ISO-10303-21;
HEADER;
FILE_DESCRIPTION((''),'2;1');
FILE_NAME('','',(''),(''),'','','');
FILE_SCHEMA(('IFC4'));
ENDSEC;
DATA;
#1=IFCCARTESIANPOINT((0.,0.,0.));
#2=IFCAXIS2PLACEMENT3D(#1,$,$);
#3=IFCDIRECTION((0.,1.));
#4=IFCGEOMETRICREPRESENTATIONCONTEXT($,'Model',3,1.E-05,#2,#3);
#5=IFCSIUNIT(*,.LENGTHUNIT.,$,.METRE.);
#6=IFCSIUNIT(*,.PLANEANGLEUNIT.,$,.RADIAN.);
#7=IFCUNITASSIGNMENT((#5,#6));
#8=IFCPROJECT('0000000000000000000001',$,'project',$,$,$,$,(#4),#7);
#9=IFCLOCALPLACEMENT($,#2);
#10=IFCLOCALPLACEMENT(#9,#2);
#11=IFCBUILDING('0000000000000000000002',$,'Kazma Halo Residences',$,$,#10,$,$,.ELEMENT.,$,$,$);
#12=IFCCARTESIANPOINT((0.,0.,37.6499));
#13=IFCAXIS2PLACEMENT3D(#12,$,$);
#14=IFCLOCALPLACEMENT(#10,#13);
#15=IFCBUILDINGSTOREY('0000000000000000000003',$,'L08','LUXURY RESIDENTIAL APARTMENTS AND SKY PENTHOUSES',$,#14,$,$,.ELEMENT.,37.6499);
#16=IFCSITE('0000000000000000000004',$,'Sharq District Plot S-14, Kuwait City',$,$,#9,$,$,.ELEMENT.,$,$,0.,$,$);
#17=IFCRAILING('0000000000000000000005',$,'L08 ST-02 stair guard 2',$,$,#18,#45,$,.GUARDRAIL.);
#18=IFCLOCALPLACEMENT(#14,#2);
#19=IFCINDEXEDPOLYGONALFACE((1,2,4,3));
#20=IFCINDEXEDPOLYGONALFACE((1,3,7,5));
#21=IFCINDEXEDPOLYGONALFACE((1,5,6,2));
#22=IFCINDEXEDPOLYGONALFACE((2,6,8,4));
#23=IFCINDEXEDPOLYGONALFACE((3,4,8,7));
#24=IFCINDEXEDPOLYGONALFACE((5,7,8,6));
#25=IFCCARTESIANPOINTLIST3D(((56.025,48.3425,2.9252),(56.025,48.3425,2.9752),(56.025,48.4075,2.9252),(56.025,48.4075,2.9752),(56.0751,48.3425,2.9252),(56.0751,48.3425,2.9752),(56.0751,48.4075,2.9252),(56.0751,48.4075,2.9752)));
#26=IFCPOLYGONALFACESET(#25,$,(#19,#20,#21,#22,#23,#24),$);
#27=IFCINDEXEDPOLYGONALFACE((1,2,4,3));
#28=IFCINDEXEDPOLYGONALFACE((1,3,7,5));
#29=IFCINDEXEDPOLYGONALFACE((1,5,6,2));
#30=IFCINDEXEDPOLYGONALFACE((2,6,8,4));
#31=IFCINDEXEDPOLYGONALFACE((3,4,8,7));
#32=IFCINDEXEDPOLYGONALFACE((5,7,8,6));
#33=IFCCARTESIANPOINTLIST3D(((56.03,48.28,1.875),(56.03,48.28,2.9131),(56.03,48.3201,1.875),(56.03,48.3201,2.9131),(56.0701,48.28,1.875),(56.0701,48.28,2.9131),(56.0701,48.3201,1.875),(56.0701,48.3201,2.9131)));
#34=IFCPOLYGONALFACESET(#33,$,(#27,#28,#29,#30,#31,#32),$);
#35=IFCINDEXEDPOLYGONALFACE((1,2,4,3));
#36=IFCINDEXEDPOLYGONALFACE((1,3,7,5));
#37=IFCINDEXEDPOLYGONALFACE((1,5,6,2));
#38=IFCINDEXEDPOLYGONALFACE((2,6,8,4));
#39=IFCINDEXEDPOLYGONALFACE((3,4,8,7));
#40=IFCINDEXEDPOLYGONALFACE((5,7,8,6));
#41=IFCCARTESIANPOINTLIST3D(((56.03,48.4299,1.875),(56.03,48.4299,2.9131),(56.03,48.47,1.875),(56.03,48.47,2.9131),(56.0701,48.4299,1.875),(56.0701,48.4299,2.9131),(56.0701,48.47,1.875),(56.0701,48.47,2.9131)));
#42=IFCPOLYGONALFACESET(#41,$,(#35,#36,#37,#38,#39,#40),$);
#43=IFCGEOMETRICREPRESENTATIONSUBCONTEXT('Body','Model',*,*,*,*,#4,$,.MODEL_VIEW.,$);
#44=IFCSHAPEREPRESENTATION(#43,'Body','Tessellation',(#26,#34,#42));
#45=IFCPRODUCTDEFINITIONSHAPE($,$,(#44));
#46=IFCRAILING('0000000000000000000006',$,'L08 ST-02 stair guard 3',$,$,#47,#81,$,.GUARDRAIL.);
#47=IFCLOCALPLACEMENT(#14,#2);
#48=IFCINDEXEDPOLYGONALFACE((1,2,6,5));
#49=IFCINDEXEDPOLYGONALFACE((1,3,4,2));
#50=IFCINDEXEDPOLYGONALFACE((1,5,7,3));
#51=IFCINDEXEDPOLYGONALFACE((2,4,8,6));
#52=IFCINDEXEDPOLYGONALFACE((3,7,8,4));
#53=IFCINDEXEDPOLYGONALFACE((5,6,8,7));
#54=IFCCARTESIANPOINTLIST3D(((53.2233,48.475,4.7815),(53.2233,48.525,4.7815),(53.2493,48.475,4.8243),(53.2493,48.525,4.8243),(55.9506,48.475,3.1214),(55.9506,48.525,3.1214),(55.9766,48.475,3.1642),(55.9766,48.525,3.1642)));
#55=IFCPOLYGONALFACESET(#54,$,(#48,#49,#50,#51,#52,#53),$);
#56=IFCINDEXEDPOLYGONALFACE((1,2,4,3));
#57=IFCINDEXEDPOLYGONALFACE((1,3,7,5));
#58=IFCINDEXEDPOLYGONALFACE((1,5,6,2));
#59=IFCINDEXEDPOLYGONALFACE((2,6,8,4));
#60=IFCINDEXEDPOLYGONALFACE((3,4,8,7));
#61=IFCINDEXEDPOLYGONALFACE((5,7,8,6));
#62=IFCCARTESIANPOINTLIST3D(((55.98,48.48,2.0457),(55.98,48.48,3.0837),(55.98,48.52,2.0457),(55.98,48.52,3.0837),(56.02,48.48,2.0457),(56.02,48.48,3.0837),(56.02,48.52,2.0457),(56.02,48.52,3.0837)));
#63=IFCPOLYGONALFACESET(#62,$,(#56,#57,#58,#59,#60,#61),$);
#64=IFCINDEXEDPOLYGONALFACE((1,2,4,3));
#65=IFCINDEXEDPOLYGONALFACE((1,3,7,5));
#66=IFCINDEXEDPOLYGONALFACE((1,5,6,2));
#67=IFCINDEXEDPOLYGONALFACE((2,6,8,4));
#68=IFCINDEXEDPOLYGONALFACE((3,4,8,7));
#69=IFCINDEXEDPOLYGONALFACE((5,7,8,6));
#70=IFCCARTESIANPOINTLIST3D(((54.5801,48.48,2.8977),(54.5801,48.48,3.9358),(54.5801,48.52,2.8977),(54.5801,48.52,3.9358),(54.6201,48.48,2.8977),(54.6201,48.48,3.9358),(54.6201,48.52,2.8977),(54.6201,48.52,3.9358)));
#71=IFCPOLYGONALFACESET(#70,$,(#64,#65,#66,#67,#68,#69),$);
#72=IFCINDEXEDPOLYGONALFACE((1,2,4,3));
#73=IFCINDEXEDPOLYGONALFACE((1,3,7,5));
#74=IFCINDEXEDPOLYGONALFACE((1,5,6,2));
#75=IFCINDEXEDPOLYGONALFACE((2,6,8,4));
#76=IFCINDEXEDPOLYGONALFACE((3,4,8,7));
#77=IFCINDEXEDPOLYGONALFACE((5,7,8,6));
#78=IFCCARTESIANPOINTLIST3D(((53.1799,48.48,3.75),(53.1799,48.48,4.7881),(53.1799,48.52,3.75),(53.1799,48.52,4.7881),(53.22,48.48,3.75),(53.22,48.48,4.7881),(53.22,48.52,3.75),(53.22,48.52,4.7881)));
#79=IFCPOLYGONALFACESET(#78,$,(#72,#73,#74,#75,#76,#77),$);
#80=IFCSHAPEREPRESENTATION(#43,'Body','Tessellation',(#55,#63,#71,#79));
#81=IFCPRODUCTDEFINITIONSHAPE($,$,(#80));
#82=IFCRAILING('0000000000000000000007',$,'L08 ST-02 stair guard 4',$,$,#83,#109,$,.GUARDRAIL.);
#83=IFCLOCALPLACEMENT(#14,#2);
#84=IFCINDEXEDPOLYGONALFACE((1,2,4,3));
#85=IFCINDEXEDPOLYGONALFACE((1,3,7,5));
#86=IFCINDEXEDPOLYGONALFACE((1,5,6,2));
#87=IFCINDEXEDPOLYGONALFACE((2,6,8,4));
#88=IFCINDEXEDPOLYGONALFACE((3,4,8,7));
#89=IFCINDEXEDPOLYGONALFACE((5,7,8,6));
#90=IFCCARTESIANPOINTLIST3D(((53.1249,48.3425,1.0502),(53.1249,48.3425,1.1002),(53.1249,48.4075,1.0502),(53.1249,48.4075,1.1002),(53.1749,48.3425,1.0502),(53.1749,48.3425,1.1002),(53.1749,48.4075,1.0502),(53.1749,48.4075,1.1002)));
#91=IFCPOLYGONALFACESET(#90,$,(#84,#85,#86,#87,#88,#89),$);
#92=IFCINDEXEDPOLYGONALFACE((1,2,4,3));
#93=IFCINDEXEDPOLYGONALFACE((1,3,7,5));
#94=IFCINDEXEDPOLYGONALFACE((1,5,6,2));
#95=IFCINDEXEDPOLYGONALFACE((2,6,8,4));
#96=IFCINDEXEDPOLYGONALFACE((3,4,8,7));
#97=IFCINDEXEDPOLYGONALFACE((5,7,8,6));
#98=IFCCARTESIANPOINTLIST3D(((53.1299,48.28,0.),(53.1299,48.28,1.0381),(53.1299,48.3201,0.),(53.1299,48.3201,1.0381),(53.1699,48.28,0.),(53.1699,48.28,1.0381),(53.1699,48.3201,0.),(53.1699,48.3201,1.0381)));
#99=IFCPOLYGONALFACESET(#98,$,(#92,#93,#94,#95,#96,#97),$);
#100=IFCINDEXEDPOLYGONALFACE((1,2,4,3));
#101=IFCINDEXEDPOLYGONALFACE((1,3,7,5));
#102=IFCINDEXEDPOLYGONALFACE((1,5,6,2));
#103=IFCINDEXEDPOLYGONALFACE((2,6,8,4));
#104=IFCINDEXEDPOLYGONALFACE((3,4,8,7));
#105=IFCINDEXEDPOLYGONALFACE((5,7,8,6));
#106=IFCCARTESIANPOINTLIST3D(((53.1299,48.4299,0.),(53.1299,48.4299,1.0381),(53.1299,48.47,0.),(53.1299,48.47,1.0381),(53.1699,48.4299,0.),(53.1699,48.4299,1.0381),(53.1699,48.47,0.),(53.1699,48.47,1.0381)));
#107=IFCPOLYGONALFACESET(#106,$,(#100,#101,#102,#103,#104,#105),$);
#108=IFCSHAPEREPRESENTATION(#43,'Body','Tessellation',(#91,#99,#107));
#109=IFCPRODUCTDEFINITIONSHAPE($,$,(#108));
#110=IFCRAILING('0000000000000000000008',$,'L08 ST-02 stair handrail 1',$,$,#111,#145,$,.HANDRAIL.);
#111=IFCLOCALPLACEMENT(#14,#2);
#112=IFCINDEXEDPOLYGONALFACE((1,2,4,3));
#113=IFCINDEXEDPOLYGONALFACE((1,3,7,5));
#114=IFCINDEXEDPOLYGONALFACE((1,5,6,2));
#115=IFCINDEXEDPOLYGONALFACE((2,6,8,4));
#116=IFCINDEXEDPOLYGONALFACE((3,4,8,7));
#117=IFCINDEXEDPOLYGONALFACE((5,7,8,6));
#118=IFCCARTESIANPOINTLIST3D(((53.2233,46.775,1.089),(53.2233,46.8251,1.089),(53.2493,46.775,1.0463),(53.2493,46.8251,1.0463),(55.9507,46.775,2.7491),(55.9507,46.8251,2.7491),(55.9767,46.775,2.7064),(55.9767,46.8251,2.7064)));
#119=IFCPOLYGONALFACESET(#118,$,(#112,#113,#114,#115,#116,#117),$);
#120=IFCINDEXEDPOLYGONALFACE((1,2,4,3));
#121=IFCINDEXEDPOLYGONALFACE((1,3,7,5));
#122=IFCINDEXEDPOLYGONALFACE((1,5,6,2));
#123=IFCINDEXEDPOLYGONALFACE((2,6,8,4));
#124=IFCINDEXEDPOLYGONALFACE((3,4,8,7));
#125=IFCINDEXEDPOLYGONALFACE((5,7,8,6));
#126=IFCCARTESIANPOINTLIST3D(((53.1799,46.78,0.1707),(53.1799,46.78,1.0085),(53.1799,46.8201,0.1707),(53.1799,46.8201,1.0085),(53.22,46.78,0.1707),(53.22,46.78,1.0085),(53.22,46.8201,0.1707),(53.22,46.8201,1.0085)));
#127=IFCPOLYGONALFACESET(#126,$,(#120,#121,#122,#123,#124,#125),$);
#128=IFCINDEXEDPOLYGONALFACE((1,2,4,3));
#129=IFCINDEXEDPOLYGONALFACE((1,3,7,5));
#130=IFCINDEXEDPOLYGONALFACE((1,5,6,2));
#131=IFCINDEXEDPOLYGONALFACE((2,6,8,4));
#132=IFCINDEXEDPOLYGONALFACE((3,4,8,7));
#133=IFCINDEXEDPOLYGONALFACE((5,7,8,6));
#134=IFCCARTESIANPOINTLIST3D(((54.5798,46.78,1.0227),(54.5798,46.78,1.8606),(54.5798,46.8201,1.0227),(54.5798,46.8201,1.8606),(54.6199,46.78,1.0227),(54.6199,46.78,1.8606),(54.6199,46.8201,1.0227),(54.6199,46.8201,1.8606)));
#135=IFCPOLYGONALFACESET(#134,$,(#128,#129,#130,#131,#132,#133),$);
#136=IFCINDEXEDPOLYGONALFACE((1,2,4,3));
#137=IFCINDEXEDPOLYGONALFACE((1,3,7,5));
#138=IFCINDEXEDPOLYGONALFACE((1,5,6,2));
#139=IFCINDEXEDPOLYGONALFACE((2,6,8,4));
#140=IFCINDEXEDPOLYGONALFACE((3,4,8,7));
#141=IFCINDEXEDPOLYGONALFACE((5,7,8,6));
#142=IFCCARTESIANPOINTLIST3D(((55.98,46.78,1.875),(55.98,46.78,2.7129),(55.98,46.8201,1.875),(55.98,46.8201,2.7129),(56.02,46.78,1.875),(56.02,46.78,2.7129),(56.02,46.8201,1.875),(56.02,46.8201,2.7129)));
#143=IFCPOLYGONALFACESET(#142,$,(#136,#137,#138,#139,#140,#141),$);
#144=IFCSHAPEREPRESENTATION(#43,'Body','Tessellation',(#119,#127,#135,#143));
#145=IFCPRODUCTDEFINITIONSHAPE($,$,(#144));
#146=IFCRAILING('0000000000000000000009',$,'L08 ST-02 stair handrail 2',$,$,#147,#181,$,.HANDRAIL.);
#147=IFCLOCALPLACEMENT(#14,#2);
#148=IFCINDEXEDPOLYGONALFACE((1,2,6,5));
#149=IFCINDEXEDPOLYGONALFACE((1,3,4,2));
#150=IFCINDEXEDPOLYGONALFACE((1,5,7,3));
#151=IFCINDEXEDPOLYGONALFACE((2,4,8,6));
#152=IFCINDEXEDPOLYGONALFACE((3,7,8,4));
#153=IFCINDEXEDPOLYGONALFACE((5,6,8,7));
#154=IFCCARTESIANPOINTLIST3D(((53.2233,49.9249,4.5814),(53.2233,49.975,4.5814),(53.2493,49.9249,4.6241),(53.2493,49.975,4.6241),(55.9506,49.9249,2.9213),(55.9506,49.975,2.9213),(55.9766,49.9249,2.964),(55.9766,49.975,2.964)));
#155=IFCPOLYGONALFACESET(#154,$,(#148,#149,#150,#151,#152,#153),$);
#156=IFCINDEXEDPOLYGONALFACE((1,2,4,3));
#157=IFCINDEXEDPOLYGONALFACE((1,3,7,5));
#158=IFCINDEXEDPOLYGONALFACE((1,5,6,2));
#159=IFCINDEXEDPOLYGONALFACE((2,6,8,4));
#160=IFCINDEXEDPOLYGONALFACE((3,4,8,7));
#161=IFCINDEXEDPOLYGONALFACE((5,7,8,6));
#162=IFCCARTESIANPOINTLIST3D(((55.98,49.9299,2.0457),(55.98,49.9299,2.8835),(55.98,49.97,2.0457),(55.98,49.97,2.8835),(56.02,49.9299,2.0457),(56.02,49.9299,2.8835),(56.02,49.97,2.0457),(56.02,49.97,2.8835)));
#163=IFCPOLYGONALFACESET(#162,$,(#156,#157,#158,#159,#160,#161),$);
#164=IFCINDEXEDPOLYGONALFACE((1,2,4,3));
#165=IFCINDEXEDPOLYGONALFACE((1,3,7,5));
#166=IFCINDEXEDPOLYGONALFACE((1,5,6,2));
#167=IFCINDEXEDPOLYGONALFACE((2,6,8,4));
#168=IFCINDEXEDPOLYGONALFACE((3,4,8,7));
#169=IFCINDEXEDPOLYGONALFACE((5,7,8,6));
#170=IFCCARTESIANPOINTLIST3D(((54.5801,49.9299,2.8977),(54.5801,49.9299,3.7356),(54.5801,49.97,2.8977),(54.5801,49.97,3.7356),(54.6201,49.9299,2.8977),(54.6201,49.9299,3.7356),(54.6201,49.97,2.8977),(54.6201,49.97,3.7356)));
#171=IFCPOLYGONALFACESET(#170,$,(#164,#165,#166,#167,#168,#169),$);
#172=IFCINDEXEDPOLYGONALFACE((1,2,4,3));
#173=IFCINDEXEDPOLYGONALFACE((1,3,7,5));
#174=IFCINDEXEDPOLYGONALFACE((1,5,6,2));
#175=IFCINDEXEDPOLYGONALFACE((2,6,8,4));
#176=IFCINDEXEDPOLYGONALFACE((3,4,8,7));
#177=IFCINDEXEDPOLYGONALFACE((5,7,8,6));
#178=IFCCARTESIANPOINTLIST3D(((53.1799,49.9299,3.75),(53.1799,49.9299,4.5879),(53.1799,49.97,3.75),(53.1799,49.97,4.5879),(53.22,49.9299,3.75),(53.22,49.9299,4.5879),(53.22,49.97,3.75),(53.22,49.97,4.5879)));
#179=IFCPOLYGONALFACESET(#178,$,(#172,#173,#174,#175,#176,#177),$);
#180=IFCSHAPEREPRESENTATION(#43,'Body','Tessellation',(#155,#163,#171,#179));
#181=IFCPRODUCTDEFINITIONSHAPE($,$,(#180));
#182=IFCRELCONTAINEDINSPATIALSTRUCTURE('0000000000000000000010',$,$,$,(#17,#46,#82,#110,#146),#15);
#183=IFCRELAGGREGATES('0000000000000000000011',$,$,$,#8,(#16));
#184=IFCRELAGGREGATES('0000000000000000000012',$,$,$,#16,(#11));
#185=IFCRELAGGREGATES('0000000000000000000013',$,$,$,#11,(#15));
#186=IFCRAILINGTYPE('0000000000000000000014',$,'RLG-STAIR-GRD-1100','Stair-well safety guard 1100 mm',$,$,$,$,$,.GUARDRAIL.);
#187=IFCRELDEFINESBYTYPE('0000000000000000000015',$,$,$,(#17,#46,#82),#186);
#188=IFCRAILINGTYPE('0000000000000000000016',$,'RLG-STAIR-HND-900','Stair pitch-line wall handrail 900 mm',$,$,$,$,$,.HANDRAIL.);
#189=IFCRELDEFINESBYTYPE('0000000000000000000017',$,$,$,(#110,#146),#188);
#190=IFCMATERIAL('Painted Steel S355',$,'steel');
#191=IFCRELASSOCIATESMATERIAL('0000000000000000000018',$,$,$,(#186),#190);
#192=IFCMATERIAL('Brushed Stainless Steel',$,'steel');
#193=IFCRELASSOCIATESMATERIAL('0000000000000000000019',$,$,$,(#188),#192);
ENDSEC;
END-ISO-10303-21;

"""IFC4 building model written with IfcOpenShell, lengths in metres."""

from ifc_helpers import new_model, si_unit, direction, frame, origin, origin_2d, place, context, subcontext, project, spatial, rectangle, extrude, material, type_object, element, save


model = new_model("IFC4")

# Units and contexts
model_context = context("Model", 3, precision=1e-05, world=origin(), true_north=direction((0.0, 1.0)))
body_context = subcontext(model_context, "Body", "Model", "MODEL_VIEW")
ifc_project = project(units=[si_unit("LENGTHUNIT", "METRE"), si_unit("PLANEANGLEUNIT", "RADIAN")], contexts=[model_context])

# Site, building, storey
site_placement = place(None, origin())
site = spatial("IfcSite", under=ifc_project, at=site_placement, Name="Sharq District Plot S-14, Kuwait City", CompositionType="ELEMENT", RefElevation=0.0)
building_placement = place(site_placement, origin())
building = spatial("IfcBuilding", under=site, at=building_placement, Name="Kazma Halo Residences", CompositionType="ELEMENT")
storey_placement = place(building_placement, frame((0.0, 0.0, 37.6499)))
storey = spatial("IfcBuildingStorey", under=building, at=storey_placement, Name="L08", Description="LUXURY RESIDENTIAL APARTMENTS AND SKY PENTHOUSES", CompositionType="ELEMENT", Elevation=37.6499)

# Railings
ifc_material_1 = material(Name="Painted Steel S355", Category="steel")
railing_type_1 = type_object("IfcRailingType", Name="RLG-STAIR-GRD-1100", Description="Stair-well safety guard 1100 mm", PredefinedType="GUARDRAIL", material=ifc_material_1)
railing_1_placement = place(storey_placement, frame((56.05, 48.3, 1.875)))
element("IfcRailing", 1, at=railing_1_placement, inside=storey, type_object=railing_type_1, Name="L08 ST-02 stair guard 2", PredefinedType="GUARDRAIL", context=body_context, shape_type="SweptSolid", body=[
    extrude(rectangle(XDim=0.05, YDim=0.05, at=origin_2d()), frame((0.0, 0.0425, 1.0752), z_axis=(0.0, 1.0, 0.0), x_axis=(-1.0, 0.0, 0.0)), (0.0, 0.0, 1.0), 0.0649),
    extrude(rectangle(XDim=0.04, YDim=0.04, at=origin_2d()), origin(), (0.0, 0.0, 1.0), 1.0381),
    extrude(rectangle(XDim=0.04, YDim=0.04, at=origin_2d()), frame((0.0, 0.1499, 0.0)), (0.0, 0.0, 1.0), 1.0381),
])
railing_2_placement = place(storey_placement, frame((56.0, 48.5, 2.0457)))
element("IfcRailing", 2, at=railing_2_placement, inside=storey, type_object=railing_type_1, Name="L08 ST-02 stair guard 3", PredefinedType="GUARDRAIL", context=body_context, shape_type="SweptSolid", body=[
    extrude(rectangle(XDim=0.05, YDim=0.05, at=origin_2d()), frame((-0.0364, 0.0, 1.0972), z_axis=(-0.854203, 0.0, 0.51994), x_axis=(0.0, -1.0, 0.0)), (0.0, 0.0, 1.0), 3.1929),
    extrude(rectangle(XDim=0.04, YDim=0.04, at=origin_2d()), origin(), (0.0, 0.0, 1.0), 1.0381),
    extrude(rectangle(XDim=0.04, YDim=0.04, at=origin_2d()), frame((-1.3999, 0.0, 0.8521)), (0.0, 0.0, 1.0), 1.0381),
    extrude(rectangle(XDim=0.04, YDim=0.04, at=origin_2d()), frame((-2.8, 0.0, 1.7043)), (0.0, 0.0, 1.0), 1.0381),
])
railing_3_placement = place(storey_placement, frame((53.1499, 48.3, 0.0)))
element("IfcRailing", 3, at=railing_3_placement, inside=storey, type_object=railing_type_1, Name="L08 ST-02 stair guard 4", PredefinedType="GUARDRAIL", context=body_context, shape_type="SweptSolid", body=[
    extrude(rectangle(XDim=0.05, YDim=0.05, at=origin_2d()), frame((0.0, 0.0425, 1.0752), z_axis=(0.0, 1.0, 0.0), x_axis=(-1.0, 0.0, 0.0)), (0.0, 0.0, 1.0), 0.0649),
    extrude(rectangle(XDim=0.04, YDim=0.04, at=origin_2d()), origin(), (0.0, 0.0, 1.0), 1.0381),
    extrude(rectangle(XDim=0.04, YDim=0.04, at=origin_2d()), frame((0.0, 0.1499, 0.0)), (0.0, 0.0, 1.0), 1.0381),
])
ifc_material_2 = material(Name="Brushed Stainless Steel", Category="steel")
railing_type_2 = type_object("IfcRailingType", Name="RLG-STAIR-HND-900", Description="Stair pitch-line wall handrail 900 mm", PredefinedType="HANDRAIL", material=ifc_material_2)
railing_4_placement = place(storey_placement, frame((53.2, 46.8, 0.1707)))
element("IfcRailing", 4, at=railing_4_placement, inside=storey, type_object=railing_type_2, Name="L08 ST-02 stair handrail 1", PredefinedType="HANDRAIL", context=body_context, shape_type="SweptSolid", body=[
    extrude(rectangle(XDim=0.05, YDim=0.05, at=origin_2d()), frame((0.0364, 0.0, 0.897), z_axis=(0.854203, 0.0, 0.51994), x_axis=(0.0, 1.0, 0.0)), (0.0, 0.0, 1.0), 3.1929),
    extrude(rectangle(XDim=0.04, YDim=0.04, at=origin_2d()), origin(), (0.0, 0.0, 1.0), 0.8379),
    extrude(rectangle(XDim=0.04, YDim=0.04, at=origin_2d()), frame((1.3999, 0.0, 0.8521)), (0.0, 0.0, 1.0), 0.8379),
    extrude(rectangle(XDim=0.04, YDim=0.04, at=origin_2d()), frame((2.8, 0.0, 1.7043)), (0.0, 0.0, 1.0), 0.8379),
])
railing_5_placement = place(storey_placement, frame((56.0, 49.95, 2.0457)))
element("IfcRailing", 5, at=railing_5_placement, inside=storey, type_object=railing_type_2, Name="L08 ST-02 stair handrail 2", PredefinedType="HANDRAIL", context=body_context, shape_type="SweptSolid", body=[
    extrude(rectangle(XDim=0.05, YDim=0.05, at=origin_2d()), frame((-0.0364, 0.0, 0.897), z_axis=(-0.854203, 0.0, 0.51994), x_axis=(0.0, -1.0, 0.0)), (0.0, 0.0, 1.0), 3.1929),
    extrude(rectangle(XDim=0.04, YDim=0.04, at=origin_2d()), origin(), (0.0, 0.0, 1.0), 0.8379),
    extrude(rectangle(XDim=0.04, YDim=0.04, at=origin_2d()), frame((-1.3999, 0.0, 0.8521)), (0.0, 0.0, 1.0), 0.8379),
    extrude(rectangle(XDim=0.04, YDim=0.04, at=origin_2d()), frame((-2.8, 0.0, 1.7043)), (0.0, 0.0, 1.0), 0.8379),
])

save(model, "model.ifc")
